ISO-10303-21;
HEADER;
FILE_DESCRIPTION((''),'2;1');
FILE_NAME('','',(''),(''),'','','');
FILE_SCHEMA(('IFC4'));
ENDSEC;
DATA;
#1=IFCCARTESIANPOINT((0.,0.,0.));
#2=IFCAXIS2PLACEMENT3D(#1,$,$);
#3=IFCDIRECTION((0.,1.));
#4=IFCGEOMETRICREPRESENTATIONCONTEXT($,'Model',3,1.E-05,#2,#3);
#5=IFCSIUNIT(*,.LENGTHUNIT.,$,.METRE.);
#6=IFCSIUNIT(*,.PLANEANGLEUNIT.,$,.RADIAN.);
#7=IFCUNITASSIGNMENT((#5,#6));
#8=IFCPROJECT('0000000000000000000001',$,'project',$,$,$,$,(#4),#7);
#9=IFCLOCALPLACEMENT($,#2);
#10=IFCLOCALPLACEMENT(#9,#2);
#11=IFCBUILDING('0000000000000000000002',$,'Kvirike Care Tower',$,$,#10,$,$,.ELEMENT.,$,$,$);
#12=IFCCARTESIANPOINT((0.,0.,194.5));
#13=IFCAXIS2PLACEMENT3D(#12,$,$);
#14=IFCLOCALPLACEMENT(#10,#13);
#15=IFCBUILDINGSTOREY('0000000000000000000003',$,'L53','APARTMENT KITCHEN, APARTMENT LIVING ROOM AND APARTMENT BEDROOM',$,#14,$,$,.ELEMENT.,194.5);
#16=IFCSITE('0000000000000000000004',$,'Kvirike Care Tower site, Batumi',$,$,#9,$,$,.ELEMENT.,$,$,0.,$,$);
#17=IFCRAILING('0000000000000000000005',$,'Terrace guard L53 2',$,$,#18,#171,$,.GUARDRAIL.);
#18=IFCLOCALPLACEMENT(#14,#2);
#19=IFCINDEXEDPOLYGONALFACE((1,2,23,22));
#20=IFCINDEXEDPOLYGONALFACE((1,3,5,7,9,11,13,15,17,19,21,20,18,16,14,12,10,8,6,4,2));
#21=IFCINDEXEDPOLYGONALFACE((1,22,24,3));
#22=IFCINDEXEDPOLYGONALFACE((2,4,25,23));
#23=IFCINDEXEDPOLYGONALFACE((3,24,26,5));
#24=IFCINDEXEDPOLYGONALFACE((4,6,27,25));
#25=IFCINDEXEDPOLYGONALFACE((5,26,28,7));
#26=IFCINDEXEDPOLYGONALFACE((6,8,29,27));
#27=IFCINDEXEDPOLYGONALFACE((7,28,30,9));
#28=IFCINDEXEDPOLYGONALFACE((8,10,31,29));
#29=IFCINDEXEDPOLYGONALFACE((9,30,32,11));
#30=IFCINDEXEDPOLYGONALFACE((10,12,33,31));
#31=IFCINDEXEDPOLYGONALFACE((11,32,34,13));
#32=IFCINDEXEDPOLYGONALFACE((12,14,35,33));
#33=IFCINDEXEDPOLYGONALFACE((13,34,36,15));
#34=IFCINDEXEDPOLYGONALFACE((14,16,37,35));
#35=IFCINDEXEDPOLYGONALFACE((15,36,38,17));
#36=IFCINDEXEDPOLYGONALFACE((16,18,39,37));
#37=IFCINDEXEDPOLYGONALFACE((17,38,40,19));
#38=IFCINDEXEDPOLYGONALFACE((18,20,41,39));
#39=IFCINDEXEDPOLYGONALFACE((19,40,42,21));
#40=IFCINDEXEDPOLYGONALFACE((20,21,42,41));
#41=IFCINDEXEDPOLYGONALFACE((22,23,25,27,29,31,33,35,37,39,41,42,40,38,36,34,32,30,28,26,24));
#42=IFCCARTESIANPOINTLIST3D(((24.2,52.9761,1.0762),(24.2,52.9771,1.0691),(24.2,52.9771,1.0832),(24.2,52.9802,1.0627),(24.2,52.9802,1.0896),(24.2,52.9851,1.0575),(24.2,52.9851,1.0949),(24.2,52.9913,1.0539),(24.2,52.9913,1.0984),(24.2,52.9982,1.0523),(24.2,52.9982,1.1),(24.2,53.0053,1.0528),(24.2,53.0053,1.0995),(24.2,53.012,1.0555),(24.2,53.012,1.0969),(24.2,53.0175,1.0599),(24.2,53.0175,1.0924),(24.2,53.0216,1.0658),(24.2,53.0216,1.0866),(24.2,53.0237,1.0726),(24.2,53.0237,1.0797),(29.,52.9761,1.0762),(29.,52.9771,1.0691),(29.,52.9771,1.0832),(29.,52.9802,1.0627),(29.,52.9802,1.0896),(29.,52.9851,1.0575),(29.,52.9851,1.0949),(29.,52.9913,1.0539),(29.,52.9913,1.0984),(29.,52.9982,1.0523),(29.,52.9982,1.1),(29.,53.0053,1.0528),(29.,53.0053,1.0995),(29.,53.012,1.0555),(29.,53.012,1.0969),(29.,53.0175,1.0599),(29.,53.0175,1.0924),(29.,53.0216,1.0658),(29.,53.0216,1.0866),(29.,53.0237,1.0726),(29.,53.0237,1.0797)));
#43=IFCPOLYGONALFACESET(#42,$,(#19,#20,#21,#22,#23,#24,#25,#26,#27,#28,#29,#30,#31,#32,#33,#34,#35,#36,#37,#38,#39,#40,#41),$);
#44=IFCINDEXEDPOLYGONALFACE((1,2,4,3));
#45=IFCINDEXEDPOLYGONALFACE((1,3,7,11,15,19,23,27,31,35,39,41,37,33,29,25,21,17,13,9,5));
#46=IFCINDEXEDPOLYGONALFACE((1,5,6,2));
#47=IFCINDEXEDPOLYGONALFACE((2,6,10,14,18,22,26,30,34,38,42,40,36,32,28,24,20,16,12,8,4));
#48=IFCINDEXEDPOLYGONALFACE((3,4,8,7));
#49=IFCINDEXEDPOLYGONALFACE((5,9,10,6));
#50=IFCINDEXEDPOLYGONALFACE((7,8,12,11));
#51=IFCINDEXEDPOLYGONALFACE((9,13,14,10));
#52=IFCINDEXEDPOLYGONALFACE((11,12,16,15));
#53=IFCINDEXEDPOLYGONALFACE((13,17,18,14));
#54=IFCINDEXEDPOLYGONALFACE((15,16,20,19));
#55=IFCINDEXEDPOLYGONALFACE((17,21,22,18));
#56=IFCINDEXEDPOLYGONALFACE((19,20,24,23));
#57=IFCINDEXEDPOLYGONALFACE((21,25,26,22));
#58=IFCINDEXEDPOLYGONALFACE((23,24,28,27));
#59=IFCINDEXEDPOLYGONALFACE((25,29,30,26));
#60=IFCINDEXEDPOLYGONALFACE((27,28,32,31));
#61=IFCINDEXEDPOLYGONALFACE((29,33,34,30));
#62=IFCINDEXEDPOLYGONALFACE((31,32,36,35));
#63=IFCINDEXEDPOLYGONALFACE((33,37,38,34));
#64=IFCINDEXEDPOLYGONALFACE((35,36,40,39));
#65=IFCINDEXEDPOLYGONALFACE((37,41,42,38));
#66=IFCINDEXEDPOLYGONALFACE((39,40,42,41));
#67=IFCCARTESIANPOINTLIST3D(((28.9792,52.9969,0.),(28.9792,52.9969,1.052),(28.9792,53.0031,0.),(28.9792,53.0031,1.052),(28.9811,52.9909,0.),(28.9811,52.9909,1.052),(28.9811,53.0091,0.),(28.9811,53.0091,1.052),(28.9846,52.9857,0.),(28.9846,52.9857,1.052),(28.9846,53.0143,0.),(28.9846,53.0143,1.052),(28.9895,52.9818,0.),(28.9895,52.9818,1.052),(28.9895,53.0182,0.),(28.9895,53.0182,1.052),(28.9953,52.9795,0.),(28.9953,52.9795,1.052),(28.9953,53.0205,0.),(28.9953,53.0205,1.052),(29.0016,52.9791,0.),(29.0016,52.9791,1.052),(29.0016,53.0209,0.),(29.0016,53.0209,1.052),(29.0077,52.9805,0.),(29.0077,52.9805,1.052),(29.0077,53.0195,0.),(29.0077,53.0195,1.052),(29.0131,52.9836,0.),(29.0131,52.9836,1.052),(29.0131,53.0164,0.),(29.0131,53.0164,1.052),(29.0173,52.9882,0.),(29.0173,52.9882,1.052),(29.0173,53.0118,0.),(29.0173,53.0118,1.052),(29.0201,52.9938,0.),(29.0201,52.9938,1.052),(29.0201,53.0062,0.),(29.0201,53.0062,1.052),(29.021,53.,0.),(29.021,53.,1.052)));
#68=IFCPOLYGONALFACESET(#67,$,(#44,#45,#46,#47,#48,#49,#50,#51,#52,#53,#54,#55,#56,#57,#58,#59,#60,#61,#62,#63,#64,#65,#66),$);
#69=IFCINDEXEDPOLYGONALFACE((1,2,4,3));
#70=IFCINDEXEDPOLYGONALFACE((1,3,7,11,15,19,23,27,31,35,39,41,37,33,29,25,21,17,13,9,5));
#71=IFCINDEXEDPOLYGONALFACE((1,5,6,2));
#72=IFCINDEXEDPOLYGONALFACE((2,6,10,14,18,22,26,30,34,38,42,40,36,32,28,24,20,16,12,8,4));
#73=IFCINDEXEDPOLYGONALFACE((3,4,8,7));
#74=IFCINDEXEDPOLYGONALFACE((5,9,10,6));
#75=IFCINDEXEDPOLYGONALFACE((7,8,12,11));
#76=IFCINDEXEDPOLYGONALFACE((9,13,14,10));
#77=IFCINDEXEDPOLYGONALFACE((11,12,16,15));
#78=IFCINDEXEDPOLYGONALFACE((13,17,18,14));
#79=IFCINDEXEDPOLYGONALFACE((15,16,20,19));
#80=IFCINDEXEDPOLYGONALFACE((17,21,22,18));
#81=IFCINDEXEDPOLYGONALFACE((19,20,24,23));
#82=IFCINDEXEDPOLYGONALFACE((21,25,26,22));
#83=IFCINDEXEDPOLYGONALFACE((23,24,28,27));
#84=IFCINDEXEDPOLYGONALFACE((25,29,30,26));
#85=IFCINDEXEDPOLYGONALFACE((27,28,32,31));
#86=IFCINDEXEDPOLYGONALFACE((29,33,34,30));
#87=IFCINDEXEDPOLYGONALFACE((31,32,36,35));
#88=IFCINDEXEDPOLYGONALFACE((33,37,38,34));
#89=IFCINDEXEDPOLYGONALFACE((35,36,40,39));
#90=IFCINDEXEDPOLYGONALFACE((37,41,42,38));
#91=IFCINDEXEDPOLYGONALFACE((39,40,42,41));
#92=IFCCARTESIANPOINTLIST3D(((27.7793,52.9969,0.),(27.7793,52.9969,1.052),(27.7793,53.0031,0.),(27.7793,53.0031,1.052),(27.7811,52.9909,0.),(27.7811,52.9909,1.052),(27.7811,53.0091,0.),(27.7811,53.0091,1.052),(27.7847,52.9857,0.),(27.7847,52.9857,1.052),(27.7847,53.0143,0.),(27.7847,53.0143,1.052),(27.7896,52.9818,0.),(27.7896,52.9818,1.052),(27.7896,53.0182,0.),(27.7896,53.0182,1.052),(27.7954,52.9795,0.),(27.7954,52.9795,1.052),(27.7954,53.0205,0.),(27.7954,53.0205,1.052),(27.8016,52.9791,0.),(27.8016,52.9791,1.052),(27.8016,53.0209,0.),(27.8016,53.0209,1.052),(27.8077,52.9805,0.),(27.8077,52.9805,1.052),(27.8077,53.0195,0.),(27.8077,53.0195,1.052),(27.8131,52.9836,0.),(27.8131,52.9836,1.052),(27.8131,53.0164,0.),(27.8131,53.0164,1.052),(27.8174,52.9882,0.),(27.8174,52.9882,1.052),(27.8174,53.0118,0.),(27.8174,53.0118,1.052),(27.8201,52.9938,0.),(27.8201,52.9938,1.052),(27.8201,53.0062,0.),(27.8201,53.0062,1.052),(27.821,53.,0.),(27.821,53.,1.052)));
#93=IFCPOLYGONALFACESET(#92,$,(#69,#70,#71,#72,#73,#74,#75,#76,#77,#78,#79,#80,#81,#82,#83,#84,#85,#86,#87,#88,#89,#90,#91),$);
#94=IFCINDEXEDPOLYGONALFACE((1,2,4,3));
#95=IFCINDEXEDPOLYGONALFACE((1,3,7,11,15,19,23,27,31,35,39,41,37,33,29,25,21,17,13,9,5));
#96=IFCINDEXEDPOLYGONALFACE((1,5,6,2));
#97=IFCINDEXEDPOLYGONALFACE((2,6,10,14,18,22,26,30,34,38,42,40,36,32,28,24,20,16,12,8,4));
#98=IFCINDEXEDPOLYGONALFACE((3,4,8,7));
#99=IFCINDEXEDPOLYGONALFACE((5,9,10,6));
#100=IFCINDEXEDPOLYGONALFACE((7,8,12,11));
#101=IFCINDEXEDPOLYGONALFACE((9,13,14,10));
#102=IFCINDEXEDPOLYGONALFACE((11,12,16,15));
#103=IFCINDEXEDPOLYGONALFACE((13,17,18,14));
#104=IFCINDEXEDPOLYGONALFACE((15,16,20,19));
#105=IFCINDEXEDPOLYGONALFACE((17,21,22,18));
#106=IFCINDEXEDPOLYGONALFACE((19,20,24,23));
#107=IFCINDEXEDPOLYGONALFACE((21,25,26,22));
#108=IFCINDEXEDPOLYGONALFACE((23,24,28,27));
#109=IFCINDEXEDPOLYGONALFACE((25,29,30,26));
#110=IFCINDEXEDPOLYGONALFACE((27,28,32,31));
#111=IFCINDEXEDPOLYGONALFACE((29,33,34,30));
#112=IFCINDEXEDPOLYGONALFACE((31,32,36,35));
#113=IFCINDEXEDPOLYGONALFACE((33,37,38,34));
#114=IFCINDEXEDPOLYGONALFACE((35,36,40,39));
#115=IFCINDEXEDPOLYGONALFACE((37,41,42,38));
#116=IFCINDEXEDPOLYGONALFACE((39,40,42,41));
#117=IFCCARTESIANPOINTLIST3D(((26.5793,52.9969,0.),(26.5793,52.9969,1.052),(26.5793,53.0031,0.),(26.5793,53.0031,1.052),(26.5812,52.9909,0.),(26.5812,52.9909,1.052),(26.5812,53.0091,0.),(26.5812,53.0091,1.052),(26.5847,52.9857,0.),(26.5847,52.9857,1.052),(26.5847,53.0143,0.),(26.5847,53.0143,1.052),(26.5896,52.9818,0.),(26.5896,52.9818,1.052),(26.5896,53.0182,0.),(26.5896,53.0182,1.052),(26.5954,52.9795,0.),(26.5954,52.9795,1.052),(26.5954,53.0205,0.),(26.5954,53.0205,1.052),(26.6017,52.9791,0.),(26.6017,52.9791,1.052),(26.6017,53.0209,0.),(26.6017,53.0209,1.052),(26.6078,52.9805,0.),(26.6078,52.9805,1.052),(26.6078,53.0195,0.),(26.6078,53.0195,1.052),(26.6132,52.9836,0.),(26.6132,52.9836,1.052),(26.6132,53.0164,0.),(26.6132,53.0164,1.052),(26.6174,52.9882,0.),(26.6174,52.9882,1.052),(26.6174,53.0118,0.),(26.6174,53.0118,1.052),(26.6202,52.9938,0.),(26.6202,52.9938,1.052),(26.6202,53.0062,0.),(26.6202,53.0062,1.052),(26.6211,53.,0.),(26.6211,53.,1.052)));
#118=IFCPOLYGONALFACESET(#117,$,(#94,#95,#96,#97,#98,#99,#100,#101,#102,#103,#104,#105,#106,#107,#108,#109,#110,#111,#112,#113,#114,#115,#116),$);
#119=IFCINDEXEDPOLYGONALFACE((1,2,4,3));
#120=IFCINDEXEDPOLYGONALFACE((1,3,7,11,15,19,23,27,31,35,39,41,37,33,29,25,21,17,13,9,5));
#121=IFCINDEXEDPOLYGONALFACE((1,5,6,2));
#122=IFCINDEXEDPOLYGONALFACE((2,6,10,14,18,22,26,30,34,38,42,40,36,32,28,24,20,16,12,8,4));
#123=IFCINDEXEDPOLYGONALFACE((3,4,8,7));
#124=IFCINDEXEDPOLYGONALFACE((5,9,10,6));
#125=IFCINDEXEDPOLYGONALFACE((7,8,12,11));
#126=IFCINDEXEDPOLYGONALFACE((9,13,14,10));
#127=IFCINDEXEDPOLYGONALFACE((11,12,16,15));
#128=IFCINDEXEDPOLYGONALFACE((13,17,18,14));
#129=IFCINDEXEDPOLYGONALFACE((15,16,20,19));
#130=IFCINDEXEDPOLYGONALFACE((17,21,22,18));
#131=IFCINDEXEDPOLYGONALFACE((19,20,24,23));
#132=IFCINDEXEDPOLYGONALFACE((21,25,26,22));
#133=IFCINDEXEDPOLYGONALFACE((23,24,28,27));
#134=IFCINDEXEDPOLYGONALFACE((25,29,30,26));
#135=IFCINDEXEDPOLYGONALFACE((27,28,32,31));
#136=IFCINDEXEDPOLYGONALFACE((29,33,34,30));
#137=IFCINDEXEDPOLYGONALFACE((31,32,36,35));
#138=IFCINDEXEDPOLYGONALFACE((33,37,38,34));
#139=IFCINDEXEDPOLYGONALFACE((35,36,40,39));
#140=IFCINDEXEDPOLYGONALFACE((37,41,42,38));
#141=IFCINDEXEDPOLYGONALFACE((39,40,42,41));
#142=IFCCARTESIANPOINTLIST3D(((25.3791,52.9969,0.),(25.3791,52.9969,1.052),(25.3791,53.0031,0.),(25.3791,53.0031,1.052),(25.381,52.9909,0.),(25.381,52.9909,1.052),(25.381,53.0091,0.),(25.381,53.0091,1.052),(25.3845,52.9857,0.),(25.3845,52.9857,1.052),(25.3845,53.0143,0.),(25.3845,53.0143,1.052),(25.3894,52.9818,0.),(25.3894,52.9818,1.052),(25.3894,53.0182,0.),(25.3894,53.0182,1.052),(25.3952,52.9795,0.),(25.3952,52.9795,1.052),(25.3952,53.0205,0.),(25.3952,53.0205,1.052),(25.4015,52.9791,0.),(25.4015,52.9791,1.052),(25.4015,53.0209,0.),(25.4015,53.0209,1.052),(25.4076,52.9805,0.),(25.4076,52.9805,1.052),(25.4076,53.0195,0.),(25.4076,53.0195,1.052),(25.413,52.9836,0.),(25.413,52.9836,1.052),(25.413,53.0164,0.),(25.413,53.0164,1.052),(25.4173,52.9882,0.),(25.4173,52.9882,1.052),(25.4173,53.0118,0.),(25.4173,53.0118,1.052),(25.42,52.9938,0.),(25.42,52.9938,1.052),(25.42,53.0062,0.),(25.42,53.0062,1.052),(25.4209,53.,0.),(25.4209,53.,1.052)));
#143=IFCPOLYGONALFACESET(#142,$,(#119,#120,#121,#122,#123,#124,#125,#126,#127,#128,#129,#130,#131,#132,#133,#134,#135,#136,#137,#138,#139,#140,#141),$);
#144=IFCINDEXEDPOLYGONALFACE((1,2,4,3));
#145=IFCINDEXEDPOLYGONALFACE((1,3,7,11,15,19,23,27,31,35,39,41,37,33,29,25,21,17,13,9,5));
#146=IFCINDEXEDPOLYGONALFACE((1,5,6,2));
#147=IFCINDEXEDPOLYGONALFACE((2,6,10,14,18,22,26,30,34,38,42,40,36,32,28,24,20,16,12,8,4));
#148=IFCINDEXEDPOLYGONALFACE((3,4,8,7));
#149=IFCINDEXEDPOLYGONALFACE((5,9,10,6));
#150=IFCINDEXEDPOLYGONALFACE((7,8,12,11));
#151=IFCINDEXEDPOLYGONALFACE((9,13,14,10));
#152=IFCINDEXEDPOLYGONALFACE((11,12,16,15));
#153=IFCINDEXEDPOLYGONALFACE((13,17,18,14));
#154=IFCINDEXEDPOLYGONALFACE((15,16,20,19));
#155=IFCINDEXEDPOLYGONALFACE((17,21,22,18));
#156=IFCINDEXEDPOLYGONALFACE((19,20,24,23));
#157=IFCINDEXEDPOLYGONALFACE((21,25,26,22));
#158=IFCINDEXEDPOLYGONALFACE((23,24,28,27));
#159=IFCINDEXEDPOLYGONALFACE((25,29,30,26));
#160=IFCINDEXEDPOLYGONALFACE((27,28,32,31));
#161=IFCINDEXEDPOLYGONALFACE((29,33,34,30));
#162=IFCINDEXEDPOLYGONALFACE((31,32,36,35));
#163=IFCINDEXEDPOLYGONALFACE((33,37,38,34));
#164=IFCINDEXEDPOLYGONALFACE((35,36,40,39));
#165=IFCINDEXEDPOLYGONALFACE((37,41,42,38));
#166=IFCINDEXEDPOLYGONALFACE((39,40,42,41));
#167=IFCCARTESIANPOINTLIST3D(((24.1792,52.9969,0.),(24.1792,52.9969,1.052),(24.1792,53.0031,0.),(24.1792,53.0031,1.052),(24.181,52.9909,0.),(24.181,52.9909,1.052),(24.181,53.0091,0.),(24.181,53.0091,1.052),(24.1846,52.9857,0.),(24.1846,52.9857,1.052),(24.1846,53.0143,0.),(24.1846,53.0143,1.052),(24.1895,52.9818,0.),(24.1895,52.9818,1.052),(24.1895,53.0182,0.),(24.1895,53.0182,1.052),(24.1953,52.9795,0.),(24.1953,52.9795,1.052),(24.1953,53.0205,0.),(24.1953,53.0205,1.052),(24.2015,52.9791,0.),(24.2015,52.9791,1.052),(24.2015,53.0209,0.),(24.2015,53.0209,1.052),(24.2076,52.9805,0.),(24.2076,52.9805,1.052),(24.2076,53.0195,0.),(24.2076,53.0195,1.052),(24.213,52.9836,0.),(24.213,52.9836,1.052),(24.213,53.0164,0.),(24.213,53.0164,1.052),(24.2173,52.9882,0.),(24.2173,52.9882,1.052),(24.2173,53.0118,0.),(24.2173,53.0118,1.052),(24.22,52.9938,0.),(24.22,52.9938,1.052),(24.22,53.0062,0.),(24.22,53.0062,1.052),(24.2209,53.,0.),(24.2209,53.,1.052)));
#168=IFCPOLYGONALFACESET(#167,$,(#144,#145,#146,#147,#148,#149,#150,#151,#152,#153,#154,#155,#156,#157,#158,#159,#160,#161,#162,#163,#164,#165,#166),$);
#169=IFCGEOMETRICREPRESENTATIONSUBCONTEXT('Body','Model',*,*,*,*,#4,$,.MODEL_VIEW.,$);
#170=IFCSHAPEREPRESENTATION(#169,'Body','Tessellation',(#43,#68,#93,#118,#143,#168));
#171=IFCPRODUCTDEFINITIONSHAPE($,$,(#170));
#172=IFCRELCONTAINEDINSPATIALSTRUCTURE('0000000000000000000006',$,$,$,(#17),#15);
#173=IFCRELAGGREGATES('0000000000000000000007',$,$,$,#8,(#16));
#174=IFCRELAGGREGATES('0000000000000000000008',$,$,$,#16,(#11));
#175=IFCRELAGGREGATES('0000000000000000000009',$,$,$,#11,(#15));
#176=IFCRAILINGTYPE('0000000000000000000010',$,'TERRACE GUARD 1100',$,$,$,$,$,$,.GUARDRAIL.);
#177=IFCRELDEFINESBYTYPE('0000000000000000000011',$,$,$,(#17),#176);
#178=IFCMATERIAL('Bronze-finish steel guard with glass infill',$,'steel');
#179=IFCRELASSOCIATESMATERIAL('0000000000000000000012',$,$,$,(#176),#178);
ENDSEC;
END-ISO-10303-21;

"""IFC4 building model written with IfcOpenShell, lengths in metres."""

from ifc_helpers import new_model, si_unit, direction, frame, origin, origin_2d, place, context, subcontext, project, spatial, circle, extrude, material, type_object, element, save


model = new_model("IFC4")

# Units and contexts
model_context = context("Model", 3, precision=1e-05, world=origin(), true_north=direction((0.0, 1.0)))
body_context = subcontext(model_context, "Body", "Model", "MODEL_VIEW")
ifc_project = project(units=[si_unit("LENGTHUNIT", "METRE"), si_unit("PLANEANGLEUNIT", "RADIAN")], contexts=[model_context])

# Site, building, storey
site_placement = place(None, origin())
site = spatial("IfcSite", under=ifc_project, at=site_placement, Name="Kvirike Care Tower site, Batumi", CompositionType="ELEMENT", RefElevation=0.0)
building_placement = place(site_placement, origin())
building = spatial("IfcBuilding", under=site, at=building_placement, Name="Kvirike Care Tower", CompositionType="ELEMENT")
storey_placement = place(building_placement, frame((0.0, 0.0, 194.5)))
storey = spatial("IfcBuildingStorey", under=building, at=storey_placement, Name="L53", Description="APARTMENT KITCHEN, APARTMENT LIVING ROOM AND APARTMENT BEDROOM", CompositionType="ELEMENT", Elevation=194.5)

# Railing
ifc_material_1 = material(Name="Bronze-finish steel guard with glass infill", Category="steel")
railing_type = type_object("IfcRailingType", Name="TERRACE GUARD 1100", PredefinedType="GUARDRAIL", material=ifc_material_1)
railing_1_placement = place(storey_placement, frame((29.0, 53.0, 0.0)))
element("IfcRailing", 1, at=railing_1_placement, inside=storey, type_object=railing_type, Name="Terrace guard L53 2", PredefinedType="GUARDRAIL", context=body_context, shape_type="SweptSolid", body=[
    extrude(circle(Radius=0.0239, at=origin_2d()), frame((0.0, 0.0, 1.0762), z_axis=(-1.0, 0.0, 0.0), x_axis=(0.0, -1.0, 0.0)), (0.0, 0.0, 1.0), 4.8),
    extrude(circle(Radius=0.021, at=origin_2d()), origin(), (0.0, 0.0, 1.0), 1.052),
    extrude(circle(Radius=0.021, at=origin_2d()), frame((-1.2, 0.0, 0.0)), (0.0, 0.0, 1.0), 1.052),
    extrude(circle(Radius=0.021, at=origin_2d()), frame((-2.3999, 0.0, 0.0)), (0.0, 0.0, 1.0), 1.052),
    extrude(circle(Radius=0.021, at=origin_2d()), frame((-3.6001, 0.0, 0.0)), (0.0, 0.0, 1.0), 1.052),
    extrude(circle(Radius=0.021, at=origin_2d()), frame((-4.8, 0.0, 0.0)), (0.0, 0.0, 1.0), 1.052),
])

save(model, "model.ifc")
